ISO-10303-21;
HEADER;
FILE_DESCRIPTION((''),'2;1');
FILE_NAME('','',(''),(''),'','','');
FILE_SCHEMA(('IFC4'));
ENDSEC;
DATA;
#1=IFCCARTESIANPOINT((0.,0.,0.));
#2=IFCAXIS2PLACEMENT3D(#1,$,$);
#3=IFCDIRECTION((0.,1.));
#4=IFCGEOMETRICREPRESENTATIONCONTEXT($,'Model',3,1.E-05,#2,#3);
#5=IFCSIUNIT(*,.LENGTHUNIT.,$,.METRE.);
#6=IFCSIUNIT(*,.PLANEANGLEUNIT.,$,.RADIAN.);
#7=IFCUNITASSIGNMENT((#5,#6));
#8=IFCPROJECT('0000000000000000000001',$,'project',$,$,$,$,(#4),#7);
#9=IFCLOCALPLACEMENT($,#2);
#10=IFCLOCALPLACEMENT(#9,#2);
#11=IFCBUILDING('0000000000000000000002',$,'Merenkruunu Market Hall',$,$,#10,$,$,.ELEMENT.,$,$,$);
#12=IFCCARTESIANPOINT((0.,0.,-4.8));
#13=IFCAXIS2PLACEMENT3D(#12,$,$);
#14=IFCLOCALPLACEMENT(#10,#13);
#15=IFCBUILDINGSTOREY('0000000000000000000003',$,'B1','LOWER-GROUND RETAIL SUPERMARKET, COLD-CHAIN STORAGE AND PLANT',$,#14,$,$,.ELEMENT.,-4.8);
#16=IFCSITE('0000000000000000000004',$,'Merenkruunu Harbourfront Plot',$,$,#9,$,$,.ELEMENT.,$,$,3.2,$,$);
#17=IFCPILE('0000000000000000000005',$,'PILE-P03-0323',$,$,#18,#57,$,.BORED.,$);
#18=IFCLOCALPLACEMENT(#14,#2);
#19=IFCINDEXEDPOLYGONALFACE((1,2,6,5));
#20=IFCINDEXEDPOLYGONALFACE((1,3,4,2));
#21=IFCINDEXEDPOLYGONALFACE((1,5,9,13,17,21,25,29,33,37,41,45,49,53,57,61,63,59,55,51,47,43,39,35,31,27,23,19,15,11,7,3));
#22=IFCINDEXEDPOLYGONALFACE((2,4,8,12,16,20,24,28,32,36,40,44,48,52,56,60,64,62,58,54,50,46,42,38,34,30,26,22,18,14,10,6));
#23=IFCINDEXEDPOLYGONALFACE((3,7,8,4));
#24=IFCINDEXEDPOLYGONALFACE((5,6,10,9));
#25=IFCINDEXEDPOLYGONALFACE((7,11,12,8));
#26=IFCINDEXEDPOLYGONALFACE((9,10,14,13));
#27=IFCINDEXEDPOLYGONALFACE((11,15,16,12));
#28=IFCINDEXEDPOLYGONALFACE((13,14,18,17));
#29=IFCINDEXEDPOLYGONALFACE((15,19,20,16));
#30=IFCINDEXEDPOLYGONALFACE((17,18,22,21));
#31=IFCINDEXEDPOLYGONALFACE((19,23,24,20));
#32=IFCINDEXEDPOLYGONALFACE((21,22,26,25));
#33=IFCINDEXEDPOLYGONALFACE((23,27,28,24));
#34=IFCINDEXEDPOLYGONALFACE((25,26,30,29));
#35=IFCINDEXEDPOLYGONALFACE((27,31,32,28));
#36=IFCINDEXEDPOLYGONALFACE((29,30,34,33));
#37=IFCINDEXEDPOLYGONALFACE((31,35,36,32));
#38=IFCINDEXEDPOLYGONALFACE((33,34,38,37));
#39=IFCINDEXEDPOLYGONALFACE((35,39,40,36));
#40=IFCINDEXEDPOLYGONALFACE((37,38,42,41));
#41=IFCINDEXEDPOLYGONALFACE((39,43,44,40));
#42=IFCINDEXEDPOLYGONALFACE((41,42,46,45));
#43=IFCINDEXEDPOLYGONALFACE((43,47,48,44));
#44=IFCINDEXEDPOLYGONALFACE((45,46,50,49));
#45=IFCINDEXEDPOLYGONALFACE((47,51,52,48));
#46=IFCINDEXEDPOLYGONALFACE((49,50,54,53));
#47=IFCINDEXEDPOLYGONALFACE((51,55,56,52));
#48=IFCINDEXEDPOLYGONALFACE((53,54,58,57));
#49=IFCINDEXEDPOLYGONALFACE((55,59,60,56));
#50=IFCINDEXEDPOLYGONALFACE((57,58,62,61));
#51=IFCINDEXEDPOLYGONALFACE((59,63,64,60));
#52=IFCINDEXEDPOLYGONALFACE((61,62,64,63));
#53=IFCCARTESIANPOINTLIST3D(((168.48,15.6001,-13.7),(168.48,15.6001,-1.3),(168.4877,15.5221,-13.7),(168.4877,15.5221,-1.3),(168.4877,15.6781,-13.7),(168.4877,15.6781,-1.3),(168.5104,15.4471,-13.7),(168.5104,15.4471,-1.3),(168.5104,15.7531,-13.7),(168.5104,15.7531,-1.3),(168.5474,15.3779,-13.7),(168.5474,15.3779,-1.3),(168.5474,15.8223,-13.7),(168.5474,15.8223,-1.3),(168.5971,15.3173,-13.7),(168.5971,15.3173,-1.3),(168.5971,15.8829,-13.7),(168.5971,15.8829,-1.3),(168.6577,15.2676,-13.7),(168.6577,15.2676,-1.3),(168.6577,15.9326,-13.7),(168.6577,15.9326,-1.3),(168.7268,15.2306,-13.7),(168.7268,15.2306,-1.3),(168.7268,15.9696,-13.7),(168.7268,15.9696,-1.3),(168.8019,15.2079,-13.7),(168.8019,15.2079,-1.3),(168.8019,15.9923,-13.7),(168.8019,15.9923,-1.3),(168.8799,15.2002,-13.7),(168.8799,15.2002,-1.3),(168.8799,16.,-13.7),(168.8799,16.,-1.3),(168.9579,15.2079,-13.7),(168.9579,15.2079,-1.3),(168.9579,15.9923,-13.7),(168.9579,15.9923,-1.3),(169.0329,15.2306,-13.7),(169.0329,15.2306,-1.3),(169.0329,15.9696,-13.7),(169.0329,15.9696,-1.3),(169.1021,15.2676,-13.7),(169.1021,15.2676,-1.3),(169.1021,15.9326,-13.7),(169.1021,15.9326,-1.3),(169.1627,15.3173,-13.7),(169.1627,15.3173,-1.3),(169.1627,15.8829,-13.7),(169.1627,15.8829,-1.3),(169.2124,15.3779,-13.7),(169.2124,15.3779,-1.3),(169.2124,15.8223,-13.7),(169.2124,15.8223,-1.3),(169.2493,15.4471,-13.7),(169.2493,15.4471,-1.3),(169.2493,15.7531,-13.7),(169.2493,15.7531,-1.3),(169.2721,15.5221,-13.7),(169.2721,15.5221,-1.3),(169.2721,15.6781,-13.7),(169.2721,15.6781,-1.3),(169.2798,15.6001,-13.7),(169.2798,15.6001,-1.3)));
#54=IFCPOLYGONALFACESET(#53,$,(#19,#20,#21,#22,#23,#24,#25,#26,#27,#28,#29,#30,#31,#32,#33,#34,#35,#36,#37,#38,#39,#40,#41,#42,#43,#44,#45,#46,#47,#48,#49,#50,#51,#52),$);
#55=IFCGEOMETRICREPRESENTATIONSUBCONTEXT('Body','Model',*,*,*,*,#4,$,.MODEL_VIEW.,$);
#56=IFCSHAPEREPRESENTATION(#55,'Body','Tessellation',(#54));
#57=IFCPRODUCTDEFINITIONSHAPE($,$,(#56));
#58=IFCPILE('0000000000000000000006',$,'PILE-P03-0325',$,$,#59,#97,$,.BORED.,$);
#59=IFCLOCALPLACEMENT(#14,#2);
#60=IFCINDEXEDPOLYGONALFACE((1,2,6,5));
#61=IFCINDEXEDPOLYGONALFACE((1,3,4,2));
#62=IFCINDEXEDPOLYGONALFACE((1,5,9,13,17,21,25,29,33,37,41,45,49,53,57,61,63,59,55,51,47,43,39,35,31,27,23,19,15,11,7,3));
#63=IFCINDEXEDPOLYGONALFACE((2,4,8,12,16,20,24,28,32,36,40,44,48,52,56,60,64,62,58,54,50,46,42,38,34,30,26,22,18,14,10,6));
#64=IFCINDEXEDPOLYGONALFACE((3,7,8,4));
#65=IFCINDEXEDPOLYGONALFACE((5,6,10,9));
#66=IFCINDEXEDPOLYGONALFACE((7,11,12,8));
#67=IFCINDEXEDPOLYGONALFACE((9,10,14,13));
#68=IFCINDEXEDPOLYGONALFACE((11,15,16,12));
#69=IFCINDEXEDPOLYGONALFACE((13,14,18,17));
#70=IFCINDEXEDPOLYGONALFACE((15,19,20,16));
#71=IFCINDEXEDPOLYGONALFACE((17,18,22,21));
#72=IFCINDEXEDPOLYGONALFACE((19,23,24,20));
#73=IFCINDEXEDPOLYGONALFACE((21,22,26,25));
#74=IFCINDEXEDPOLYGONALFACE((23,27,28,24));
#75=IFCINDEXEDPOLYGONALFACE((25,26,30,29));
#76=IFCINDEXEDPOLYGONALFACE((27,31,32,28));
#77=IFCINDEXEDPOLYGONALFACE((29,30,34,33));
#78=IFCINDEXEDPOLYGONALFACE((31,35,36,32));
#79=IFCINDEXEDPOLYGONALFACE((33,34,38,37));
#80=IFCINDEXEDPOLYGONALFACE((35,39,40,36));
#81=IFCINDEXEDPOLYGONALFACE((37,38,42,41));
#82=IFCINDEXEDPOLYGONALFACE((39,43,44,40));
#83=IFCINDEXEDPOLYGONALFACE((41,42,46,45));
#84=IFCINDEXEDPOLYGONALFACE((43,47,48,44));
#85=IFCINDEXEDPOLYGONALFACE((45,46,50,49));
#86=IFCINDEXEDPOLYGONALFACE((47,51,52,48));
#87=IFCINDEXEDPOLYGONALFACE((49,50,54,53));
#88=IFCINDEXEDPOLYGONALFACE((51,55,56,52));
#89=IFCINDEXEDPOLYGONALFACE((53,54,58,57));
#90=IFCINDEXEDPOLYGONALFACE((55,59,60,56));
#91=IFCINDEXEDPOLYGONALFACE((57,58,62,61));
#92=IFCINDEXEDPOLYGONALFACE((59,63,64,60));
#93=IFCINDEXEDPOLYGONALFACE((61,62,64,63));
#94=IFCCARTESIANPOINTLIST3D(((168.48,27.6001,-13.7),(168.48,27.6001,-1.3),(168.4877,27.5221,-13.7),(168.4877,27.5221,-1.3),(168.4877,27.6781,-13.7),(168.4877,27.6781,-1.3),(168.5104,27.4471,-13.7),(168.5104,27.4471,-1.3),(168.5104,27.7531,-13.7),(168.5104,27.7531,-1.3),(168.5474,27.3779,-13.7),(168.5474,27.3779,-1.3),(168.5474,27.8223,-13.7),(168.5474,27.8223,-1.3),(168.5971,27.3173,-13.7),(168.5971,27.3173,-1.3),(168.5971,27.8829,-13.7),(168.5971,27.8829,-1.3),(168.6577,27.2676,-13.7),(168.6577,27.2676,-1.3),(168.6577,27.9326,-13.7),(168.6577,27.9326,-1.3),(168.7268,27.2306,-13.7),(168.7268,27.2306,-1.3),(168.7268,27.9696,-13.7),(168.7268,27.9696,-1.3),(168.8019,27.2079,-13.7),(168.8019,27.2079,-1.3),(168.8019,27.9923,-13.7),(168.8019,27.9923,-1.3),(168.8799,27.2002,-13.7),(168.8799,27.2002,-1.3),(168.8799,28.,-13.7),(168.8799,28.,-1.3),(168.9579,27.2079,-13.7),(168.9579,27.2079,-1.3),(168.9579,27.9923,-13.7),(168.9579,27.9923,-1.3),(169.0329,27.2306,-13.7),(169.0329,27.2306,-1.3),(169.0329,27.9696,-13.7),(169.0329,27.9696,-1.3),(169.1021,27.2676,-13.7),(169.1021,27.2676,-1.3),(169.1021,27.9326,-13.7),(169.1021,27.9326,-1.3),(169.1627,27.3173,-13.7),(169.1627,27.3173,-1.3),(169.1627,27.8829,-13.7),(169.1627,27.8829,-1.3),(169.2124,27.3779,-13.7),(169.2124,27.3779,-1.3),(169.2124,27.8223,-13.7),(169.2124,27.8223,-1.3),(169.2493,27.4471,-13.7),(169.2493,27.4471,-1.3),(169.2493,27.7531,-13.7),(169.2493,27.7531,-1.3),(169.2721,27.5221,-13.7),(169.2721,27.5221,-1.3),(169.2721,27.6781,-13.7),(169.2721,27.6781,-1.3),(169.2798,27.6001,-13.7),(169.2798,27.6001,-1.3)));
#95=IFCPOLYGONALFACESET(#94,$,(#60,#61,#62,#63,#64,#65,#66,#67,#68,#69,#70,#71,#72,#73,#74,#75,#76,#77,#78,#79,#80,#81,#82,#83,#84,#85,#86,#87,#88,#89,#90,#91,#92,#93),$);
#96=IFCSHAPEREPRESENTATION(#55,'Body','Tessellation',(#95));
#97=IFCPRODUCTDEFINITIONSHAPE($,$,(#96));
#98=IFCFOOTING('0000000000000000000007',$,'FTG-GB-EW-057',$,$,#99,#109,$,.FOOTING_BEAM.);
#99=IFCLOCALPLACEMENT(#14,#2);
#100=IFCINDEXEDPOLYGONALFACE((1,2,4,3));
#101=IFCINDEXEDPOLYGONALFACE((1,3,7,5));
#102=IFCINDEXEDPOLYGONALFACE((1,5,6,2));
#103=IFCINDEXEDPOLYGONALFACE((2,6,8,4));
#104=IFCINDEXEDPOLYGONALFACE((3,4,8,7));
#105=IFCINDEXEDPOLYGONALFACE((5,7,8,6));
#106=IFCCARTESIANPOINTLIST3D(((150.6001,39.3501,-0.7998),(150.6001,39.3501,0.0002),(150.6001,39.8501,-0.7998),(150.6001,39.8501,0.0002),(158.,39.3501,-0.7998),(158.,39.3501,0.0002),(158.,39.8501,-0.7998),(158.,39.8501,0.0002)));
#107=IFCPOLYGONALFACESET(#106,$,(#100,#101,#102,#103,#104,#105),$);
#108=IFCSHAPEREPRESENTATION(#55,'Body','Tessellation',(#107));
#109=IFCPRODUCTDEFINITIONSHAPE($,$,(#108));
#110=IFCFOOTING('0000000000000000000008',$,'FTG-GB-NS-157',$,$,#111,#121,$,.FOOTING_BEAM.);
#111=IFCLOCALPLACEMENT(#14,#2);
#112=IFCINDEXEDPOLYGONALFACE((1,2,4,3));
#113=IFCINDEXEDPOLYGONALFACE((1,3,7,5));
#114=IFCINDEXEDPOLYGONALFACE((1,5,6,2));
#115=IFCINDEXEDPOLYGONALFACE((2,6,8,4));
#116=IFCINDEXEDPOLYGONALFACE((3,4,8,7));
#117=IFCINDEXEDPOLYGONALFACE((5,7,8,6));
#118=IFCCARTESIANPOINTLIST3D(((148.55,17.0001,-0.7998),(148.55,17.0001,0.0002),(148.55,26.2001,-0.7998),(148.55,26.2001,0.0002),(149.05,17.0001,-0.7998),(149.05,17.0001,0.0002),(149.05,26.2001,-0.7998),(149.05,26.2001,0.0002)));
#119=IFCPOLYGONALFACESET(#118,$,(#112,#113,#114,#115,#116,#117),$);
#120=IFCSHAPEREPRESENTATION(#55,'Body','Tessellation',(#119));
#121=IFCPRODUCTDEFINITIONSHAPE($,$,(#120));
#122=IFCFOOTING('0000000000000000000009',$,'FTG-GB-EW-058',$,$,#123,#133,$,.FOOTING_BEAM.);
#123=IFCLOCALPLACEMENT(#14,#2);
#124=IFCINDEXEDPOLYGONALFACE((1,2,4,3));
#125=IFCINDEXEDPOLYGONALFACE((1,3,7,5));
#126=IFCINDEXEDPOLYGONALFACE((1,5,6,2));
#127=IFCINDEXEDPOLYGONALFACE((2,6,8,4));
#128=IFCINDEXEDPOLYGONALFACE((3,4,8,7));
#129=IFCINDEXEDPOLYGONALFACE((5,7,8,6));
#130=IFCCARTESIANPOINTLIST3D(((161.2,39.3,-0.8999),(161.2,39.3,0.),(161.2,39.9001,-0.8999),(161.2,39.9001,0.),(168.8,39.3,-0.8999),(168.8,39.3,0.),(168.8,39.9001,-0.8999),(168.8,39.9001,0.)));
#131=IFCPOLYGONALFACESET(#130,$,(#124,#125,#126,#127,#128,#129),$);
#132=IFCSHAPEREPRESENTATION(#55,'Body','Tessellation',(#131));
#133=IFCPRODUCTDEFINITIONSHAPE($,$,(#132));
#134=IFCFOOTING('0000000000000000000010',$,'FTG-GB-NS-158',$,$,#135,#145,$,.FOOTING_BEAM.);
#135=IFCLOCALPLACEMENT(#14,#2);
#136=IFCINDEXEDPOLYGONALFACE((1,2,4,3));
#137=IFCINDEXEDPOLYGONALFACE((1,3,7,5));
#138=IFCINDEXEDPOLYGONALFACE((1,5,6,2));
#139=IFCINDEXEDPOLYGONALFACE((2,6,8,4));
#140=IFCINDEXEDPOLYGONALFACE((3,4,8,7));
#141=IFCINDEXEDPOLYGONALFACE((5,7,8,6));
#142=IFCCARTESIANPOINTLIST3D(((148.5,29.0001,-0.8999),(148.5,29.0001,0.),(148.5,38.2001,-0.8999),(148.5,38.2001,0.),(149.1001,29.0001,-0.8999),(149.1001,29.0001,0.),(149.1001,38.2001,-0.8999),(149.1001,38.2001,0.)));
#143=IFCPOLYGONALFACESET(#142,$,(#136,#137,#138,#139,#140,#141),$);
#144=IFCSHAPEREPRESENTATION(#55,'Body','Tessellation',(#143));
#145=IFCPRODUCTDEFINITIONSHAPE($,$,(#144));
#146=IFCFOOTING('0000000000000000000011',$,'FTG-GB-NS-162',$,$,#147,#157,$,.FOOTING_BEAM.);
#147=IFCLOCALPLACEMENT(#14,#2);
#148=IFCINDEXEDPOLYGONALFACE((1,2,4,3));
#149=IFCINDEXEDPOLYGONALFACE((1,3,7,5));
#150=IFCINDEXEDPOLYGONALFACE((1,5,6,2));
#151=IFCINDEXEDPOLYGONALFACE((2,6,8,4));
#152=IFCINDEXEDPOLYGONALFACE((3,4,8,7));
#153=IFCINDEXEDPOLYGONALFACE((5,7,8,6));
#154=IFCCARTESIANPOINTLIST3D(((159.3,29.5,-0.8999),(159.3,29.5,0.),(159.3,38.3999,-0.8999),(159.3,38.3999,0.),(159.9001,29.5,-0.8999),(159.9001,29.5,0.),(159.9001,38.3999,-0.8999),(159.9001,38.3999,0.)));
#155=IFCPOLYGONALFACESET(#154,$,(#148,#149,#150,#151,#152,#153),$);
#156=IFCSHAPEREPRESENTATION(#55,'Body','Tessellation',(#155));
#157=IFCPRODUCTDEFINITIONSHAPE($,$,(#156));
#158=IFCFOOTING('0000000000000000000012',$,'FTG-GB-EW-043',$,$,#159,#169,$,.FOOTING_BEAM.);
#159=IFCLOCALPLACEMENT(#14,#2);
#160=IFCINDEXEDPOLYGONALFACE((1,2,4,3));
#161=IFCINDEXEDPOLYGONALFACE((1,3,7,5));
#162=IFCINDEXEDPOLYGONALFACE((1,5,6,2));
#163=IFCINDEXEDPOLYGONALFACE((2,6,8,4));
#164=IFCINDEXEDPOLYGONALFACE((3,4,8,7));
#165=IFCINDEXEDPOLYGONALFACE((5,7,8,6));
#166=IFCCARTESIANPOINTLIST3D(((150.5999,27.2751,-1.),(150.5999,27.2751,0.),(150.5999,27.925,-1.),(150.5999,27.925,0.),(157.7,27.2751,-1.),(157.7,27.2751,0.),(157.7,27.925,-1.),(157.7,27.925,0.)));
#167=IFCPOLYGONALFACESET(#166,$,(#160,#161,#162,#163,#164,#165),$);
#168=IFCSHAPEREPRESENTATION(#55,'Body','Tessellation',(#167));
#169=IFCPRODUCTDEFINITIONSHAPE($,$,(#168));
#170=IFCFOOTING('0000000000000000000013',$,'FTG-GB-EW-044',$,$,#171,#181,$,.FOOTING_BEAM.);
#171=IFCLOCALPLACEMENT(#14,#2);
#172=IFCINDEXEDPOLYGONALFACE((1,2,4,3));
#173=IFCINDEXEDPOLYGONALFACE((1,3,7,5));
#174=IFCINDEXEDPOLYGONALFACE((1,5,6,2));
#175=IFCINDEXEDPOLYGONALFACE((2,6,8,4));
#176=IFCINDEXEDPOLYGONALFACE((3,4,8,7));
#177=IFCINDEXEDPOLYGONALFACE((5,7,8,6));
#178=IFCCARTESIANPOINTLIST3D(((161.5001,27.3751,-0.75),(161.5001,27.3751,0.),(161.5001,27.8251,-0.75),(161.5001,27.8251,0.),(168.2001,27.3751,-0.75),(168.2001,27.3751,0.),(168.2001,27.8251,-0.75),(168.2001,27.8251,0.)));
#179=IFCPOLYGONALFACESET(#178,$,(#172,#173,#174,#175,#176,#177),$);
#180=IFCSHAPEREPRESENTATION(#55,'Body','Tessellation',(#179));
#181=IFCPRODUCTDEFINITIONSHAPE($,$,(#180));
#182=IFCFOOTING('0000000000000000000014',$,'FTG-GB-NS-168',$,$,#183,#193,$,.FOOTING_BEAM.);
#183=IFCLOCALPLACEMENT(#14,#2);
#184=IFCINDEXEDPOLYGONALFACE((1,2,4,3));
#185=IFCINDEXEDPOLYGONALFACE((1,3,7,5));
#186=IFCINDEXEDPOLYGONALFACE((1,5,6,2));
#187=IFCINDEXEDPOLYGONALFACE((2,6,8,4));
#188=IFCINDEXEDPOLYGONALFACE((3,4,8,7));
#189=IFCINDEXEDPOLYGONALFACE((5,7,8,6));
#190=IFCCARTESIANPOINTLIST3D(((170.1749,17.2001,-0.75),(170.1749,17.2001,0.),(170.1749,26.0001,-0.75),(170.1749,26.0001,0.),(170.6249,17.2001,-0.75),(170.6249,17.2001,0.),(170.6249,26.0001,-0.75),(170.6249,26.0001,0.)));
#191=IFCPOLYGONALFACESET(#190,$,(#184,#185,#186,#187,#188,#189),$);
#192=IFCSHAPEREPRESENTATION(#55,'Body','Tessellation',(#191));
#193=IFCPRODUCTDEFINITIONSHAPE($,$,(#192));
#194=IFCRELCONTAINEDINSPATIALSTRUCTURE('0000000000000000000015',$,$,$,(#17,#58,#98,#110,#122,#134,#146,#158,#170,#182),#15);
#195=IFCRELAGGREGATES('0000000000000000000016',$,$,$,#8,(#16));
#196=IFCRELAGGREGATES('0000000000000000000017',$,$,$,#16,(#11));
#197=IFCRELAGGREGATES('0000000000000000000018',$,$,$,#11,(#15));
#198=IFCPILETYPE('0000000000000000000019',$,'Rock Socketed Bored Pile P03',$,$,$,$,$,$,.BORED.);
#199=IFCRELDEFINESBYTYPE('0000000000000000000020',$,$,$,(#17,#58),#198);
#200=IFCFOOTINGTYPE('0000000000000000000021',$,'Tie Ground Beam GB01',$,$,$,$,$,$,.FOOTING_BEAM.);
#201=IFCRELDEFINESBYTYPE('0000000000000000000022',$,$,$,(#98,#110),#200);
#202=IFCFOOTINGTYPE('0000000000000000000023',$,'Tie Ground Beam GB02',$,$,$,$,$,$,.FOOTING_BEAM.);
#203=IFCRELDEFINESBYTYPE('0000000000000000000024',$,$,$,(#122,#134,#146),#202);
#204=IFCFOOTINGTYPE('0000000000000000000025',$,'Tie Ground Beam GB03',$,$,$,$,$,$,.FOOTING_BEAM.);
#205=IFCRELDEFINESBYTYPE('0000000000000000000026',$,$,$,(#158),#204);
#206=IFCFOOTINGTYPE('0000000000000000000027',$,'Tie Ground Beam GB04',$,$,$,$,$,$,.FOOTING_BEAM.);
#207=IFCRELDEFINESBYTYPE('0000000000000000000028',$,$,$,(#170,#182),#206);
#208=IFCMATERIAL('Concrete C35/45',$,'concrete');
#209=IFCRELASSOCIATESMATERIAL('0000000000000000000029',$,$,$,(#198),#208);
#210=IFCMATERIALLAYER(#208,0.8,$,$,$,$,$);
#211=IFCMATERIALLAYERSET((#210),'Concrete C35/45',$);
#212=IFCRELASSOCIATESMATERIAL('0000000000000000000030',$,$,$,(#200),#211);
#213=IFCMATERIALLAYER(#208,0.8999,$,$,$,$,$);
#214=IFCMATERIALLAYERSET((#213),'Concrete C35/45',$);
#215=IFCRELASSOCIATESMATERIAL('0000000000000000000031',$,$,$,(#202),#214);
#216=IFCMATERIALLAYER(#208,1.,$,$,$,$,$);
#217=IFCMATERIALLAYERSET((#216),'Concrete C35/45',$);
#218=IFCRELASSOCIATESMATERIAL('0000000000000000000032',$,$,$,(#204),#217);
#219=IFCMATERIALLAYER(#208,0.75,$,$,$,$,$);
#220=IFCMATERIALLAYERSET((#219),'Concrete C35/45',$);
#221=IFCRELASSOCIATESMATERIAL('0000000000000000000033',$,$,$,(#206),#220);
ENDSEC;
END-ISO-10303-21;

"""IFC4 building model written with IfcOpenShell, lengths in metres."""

from ifc_helpers import new_model, si_unit, direction, frame, origin, origin_2d, place, context, subcontext, project, spatial, rectangle, circle, extrude, material, layer, layer_set, material_profile, profile_set, type_object, element, save


model = new_model("IFC4")

# Units and contexts
model_context = context("Model", 3, precision=1e-05, world=origin(), true_north=direction((0.0, 1.0)))
body_context = subcontext(model_context, "Body", "Model", "MODEL_VIEW")
ifc_project = project(units=[si_unit("LENGTHUNIT", "METRE"), si_unit("PLANEANGLEUNIT", "RADIAN")], contexts=[model_context])

# Site, building, storey
site_placement = place(None, origin())
site = spatial("IfcSite", under=ifc_project, at=site_placement, Name="Merenkruunu Harbourfront Plot", CompositionType="ELEMENT", RefElevation=3.2)
building_placement = place(site_placement, origin())
building = spatial("IfcBuilding", under=site, at=building_placement, Name="Merenkruunu Market Hall", CompositionType="ELEMENT")
storey_placement = place(building_placement, frame((0.0, 0.0, -4.8)))
storey = spatial("IfcBuildingStorey", under=building, at=storey_placement, Name="B1", Description="LOWER-GROUND RETAIL SUPERMARKET, COLD-CHAIN STORAGE AND PLANT", CompositionType="ELEMENT", Elevation=-4.8)

# Shared definitions
ifc_material = material(Name="Concrete C35/45", Category="concrete")

# Piles
ifc_material_profile_1 = material_profile(ifc_material, circle(Radius=0.3999, at=origin_2d()), Name="BORED PILE 800")
ifc_profile_set_1 = profile_set([ifc_material_profile_1], Name="Concrete C35/45")
pile_type_1 = type_object("IfcPileType", Name="Rock Socketed Bored Pile P03", PredefinedType="BORED", material=ifc_profile_set_1)
for number, where, z_axis, x_axis, name in (
    (1, (168.8799, 15.6001, -1.3), (0.0, 0.0, -1.0), (1.0, 0.0, 0.0), "PILE-P03-0323"),
    (2, (168.8799, 27.6001, -1.3), (0.0, 0.0, -1.0), (1.0, 0.0, 0.0), "PILE-P03-0325"),
):
    element("IfcPile", number, at=place(storey_placement, frame(where, z_axis=z_axis, x_axis=x_axis)), inside=storey, type_object=pile_type_1, Name=name, PredefinedType="BORED", context=body_context, shape_type="SweptSolid", body=[
        extrude(circle(Radius=0.3999, at=origin_2d()), origin(), (0.0, 0.0, 1.0), 12.3999),
    ])

# Footings
ifc_layer_1 = layer(ifc_material, 0.8)
ifc_layer_set_1 = layer_set([ifc_layer_1], Name="Concrete C35/45")
footing_type_1 = type_object("IfcFootingType", Name="Tie Ground Beam GB01", PredefinedType="FOOTING_BEAM", material=ifc_layer_set_1)
footing_1_placement = place(storey_placement, frame((154.3, 39.6001, -0.7998), z_axis=(0.0, 0.0, 1.0), x_axis=(1.0, 0.0, 0.0)))
element("IfcFooting", 3, at=footing_1_placement, inside=storey, type_object=footing_type_1, Name="FTG-GB-EW-057", PredefinedType="FOOTING_BEAM", context=body_context, shape_type="SweptSolid", body=[
    extrude(rectangle(XDim=7.3999, YDim=0.5, at=origin_2d()), origin(), (0.0, 0.0, 1.0), 0.8),
])
footing_2_placement = place(storey_placement, frame((148.8, 21.6001, -0.7998), z_axis=(0.0, 0.0, 1.0), x_axis=(0.0, 1.0, 0.0)))
element("IfcFooting", 4, at=footing_2_placement, inside=storey, type_object=footing_type_1, Name="FTG-GB-NS-157", PredefinedType="FOOTING_BEAM", context=body_context, shape_type="SweptSolid", body=[
    extrude(rectangle(XDim=9.2, YDim=0.5, at=origin_2d()), origin(), (0.0, 0.0, 1.0), 0.8),
])
ifc_layer_2 = layer(ifc_material, 0.8999)
ifc_layer_set_2 = layer_set([ifc_layer_2], Name="Concrete C35/45")
footing_type_2 = type_object("IfcFootingType", Name="Tie Ground Beam GB02", PredefinedType="FOOTING_BEAM", material=ifc_layer_set_2)
footing_3_placement = place(storey_placement, frame((165.0, 39.6001, -0.8999), z_axis=(0.0, 0.0, 1.0), x_axis=(1.0, 0.0, 0.0)))
element("IfcFooting", 5, at=footing_3_placement, inside=storey, type_object=footing_type_2, Name="FTG-GB-EW-058", PredefinedType="FOOTING_BEAM", context=body_context, shape_type="SweptSolid", body=[
    extrude(rectangle(XDim=7.6001, YDim=0.6001, at=origin_2d()), origin(), (0.0, 0.0, 1.0), 0.8999),
])
footing_4_placement = place(storey_placement, frame((148.8, 33.6001, -0.8999), z_axis=(0.0, 0.0, 1.0), x_axis=(0.0, 1.0, 0.0)))
element("IfcFooting", 6, at=footing_4_placement, inside=storey, type_object=footing_type_2, Name="FTG-GB-NS-158", PredefinedType="FOOTING_BEAM", context=body_context, shape_type="SweptSolid", body=[
    extrude(rectangle(XDim=9.2, YDim=0.6001, at=origin_2d()), origin(), (0.0, 0.0, 1.0), 0.8999),
])
footing_5_placement = place(storey_placement, frame((159.6001, 33.95, -0.8999), z_axis=(0.0, 0.0, 1.0), x_axis=(0.0, 1.0, 0.0)))
element("IfcFooting", 7, at=footing_5_placement, inside=storey, type_object=footing_type_2, Name="FTG-GB-NS-162", PredefinedType="FOOTING_BEAM", context=body_context, shape_type="SweptSolid", body=[
    extrude(rectangle(XDim=8.8999, YDim=0.6001, at=origin_2d()), origin(), (0.0, 0.0, 1.0), 0.8999),
])
ifc_layer_3 = layer(ifc_material, 1.0)
ifc_layer_set_3 = layer_set([ifc_layer_3], Name="Concrete C35/45")
footing_type_3 = type_object("IfcFootingType", Name="Tie Ground Beam GB03", PredefinedType="FOOTING_BEAM", material=ifc_layer_set_3)
footing_6_placement = place(storey_placement, frame((154.1499, 27.6001, -1.0), z_axis=(0.0, 0.0, 1.0), x_axis=(1.0, 0.0, 0.0)))
element("IfcFooting", 8, at=footing_6_placement, inside=storey, type_object=footing_type_3, Name="FTG-GB-EW-043", PredefinedType="FOOTING_BEAM", context=body_context, shape_type="SweptSolid", body=[
    extrude(rectangle(XDim=7.1001, YDim=0.6499, at=origin_2d()), origin(), (0.0, 0.0, 1.0), 1.0),
])
ifc_layer_4 = layer(ifc_material, 0.75)
ifc_layer_set_4 = layer_set([ifc_layer_4], Name="Concrete C35/45")
footing_type_4 = type_object("IfcFootingType", Name="Tie Ground Beam GB04", PredefinedType="FOOTING_BEAM", material=ifc_layer_set_4)
footing_7_placement = place(storey_placement, frame((164.8501, 27.6001, -0.75), z_axis=(0.0, 0.0, 1.0), x_axis=(1.0, 0.0, 0.0)))
element("IfcFooting", 9, at=footing_7_placement, inside=storey, type_object=footing_type_4, Name="FTG-GB-EW-044", PredefinedType="FOOTING_BEAM", context=body_context, shape_type="SweptSolid", body=[
    extrude(rectangle(XDim=6.7, YDim=0.45, at=origin_2d()), origin(), (0.0, 0.0, 1.0), 0.75),
])
footing_8_placement = place(storey_placement, frame((170.3999, 21.6001, -0.75), z_axis=(0.0, 0.0, 1.0), x_axis=(0.0, 1.0, 0.0)))
element("IfcFooting", 10, at=footing_8_placement, inside=storey, type_object=footing_type_4, Name="FTG-GB-NS-168", PredefinedType="FOOTING_BEAM", context=body_context, shape_type="SweptSolid", body=[
    extrude(rectangle(XDim=8.8, YDim=0.45, at=origin_2d()), origin(), (0.0, 0.0, 1.0), 0.75),
])

save(model, "model.ifc")
